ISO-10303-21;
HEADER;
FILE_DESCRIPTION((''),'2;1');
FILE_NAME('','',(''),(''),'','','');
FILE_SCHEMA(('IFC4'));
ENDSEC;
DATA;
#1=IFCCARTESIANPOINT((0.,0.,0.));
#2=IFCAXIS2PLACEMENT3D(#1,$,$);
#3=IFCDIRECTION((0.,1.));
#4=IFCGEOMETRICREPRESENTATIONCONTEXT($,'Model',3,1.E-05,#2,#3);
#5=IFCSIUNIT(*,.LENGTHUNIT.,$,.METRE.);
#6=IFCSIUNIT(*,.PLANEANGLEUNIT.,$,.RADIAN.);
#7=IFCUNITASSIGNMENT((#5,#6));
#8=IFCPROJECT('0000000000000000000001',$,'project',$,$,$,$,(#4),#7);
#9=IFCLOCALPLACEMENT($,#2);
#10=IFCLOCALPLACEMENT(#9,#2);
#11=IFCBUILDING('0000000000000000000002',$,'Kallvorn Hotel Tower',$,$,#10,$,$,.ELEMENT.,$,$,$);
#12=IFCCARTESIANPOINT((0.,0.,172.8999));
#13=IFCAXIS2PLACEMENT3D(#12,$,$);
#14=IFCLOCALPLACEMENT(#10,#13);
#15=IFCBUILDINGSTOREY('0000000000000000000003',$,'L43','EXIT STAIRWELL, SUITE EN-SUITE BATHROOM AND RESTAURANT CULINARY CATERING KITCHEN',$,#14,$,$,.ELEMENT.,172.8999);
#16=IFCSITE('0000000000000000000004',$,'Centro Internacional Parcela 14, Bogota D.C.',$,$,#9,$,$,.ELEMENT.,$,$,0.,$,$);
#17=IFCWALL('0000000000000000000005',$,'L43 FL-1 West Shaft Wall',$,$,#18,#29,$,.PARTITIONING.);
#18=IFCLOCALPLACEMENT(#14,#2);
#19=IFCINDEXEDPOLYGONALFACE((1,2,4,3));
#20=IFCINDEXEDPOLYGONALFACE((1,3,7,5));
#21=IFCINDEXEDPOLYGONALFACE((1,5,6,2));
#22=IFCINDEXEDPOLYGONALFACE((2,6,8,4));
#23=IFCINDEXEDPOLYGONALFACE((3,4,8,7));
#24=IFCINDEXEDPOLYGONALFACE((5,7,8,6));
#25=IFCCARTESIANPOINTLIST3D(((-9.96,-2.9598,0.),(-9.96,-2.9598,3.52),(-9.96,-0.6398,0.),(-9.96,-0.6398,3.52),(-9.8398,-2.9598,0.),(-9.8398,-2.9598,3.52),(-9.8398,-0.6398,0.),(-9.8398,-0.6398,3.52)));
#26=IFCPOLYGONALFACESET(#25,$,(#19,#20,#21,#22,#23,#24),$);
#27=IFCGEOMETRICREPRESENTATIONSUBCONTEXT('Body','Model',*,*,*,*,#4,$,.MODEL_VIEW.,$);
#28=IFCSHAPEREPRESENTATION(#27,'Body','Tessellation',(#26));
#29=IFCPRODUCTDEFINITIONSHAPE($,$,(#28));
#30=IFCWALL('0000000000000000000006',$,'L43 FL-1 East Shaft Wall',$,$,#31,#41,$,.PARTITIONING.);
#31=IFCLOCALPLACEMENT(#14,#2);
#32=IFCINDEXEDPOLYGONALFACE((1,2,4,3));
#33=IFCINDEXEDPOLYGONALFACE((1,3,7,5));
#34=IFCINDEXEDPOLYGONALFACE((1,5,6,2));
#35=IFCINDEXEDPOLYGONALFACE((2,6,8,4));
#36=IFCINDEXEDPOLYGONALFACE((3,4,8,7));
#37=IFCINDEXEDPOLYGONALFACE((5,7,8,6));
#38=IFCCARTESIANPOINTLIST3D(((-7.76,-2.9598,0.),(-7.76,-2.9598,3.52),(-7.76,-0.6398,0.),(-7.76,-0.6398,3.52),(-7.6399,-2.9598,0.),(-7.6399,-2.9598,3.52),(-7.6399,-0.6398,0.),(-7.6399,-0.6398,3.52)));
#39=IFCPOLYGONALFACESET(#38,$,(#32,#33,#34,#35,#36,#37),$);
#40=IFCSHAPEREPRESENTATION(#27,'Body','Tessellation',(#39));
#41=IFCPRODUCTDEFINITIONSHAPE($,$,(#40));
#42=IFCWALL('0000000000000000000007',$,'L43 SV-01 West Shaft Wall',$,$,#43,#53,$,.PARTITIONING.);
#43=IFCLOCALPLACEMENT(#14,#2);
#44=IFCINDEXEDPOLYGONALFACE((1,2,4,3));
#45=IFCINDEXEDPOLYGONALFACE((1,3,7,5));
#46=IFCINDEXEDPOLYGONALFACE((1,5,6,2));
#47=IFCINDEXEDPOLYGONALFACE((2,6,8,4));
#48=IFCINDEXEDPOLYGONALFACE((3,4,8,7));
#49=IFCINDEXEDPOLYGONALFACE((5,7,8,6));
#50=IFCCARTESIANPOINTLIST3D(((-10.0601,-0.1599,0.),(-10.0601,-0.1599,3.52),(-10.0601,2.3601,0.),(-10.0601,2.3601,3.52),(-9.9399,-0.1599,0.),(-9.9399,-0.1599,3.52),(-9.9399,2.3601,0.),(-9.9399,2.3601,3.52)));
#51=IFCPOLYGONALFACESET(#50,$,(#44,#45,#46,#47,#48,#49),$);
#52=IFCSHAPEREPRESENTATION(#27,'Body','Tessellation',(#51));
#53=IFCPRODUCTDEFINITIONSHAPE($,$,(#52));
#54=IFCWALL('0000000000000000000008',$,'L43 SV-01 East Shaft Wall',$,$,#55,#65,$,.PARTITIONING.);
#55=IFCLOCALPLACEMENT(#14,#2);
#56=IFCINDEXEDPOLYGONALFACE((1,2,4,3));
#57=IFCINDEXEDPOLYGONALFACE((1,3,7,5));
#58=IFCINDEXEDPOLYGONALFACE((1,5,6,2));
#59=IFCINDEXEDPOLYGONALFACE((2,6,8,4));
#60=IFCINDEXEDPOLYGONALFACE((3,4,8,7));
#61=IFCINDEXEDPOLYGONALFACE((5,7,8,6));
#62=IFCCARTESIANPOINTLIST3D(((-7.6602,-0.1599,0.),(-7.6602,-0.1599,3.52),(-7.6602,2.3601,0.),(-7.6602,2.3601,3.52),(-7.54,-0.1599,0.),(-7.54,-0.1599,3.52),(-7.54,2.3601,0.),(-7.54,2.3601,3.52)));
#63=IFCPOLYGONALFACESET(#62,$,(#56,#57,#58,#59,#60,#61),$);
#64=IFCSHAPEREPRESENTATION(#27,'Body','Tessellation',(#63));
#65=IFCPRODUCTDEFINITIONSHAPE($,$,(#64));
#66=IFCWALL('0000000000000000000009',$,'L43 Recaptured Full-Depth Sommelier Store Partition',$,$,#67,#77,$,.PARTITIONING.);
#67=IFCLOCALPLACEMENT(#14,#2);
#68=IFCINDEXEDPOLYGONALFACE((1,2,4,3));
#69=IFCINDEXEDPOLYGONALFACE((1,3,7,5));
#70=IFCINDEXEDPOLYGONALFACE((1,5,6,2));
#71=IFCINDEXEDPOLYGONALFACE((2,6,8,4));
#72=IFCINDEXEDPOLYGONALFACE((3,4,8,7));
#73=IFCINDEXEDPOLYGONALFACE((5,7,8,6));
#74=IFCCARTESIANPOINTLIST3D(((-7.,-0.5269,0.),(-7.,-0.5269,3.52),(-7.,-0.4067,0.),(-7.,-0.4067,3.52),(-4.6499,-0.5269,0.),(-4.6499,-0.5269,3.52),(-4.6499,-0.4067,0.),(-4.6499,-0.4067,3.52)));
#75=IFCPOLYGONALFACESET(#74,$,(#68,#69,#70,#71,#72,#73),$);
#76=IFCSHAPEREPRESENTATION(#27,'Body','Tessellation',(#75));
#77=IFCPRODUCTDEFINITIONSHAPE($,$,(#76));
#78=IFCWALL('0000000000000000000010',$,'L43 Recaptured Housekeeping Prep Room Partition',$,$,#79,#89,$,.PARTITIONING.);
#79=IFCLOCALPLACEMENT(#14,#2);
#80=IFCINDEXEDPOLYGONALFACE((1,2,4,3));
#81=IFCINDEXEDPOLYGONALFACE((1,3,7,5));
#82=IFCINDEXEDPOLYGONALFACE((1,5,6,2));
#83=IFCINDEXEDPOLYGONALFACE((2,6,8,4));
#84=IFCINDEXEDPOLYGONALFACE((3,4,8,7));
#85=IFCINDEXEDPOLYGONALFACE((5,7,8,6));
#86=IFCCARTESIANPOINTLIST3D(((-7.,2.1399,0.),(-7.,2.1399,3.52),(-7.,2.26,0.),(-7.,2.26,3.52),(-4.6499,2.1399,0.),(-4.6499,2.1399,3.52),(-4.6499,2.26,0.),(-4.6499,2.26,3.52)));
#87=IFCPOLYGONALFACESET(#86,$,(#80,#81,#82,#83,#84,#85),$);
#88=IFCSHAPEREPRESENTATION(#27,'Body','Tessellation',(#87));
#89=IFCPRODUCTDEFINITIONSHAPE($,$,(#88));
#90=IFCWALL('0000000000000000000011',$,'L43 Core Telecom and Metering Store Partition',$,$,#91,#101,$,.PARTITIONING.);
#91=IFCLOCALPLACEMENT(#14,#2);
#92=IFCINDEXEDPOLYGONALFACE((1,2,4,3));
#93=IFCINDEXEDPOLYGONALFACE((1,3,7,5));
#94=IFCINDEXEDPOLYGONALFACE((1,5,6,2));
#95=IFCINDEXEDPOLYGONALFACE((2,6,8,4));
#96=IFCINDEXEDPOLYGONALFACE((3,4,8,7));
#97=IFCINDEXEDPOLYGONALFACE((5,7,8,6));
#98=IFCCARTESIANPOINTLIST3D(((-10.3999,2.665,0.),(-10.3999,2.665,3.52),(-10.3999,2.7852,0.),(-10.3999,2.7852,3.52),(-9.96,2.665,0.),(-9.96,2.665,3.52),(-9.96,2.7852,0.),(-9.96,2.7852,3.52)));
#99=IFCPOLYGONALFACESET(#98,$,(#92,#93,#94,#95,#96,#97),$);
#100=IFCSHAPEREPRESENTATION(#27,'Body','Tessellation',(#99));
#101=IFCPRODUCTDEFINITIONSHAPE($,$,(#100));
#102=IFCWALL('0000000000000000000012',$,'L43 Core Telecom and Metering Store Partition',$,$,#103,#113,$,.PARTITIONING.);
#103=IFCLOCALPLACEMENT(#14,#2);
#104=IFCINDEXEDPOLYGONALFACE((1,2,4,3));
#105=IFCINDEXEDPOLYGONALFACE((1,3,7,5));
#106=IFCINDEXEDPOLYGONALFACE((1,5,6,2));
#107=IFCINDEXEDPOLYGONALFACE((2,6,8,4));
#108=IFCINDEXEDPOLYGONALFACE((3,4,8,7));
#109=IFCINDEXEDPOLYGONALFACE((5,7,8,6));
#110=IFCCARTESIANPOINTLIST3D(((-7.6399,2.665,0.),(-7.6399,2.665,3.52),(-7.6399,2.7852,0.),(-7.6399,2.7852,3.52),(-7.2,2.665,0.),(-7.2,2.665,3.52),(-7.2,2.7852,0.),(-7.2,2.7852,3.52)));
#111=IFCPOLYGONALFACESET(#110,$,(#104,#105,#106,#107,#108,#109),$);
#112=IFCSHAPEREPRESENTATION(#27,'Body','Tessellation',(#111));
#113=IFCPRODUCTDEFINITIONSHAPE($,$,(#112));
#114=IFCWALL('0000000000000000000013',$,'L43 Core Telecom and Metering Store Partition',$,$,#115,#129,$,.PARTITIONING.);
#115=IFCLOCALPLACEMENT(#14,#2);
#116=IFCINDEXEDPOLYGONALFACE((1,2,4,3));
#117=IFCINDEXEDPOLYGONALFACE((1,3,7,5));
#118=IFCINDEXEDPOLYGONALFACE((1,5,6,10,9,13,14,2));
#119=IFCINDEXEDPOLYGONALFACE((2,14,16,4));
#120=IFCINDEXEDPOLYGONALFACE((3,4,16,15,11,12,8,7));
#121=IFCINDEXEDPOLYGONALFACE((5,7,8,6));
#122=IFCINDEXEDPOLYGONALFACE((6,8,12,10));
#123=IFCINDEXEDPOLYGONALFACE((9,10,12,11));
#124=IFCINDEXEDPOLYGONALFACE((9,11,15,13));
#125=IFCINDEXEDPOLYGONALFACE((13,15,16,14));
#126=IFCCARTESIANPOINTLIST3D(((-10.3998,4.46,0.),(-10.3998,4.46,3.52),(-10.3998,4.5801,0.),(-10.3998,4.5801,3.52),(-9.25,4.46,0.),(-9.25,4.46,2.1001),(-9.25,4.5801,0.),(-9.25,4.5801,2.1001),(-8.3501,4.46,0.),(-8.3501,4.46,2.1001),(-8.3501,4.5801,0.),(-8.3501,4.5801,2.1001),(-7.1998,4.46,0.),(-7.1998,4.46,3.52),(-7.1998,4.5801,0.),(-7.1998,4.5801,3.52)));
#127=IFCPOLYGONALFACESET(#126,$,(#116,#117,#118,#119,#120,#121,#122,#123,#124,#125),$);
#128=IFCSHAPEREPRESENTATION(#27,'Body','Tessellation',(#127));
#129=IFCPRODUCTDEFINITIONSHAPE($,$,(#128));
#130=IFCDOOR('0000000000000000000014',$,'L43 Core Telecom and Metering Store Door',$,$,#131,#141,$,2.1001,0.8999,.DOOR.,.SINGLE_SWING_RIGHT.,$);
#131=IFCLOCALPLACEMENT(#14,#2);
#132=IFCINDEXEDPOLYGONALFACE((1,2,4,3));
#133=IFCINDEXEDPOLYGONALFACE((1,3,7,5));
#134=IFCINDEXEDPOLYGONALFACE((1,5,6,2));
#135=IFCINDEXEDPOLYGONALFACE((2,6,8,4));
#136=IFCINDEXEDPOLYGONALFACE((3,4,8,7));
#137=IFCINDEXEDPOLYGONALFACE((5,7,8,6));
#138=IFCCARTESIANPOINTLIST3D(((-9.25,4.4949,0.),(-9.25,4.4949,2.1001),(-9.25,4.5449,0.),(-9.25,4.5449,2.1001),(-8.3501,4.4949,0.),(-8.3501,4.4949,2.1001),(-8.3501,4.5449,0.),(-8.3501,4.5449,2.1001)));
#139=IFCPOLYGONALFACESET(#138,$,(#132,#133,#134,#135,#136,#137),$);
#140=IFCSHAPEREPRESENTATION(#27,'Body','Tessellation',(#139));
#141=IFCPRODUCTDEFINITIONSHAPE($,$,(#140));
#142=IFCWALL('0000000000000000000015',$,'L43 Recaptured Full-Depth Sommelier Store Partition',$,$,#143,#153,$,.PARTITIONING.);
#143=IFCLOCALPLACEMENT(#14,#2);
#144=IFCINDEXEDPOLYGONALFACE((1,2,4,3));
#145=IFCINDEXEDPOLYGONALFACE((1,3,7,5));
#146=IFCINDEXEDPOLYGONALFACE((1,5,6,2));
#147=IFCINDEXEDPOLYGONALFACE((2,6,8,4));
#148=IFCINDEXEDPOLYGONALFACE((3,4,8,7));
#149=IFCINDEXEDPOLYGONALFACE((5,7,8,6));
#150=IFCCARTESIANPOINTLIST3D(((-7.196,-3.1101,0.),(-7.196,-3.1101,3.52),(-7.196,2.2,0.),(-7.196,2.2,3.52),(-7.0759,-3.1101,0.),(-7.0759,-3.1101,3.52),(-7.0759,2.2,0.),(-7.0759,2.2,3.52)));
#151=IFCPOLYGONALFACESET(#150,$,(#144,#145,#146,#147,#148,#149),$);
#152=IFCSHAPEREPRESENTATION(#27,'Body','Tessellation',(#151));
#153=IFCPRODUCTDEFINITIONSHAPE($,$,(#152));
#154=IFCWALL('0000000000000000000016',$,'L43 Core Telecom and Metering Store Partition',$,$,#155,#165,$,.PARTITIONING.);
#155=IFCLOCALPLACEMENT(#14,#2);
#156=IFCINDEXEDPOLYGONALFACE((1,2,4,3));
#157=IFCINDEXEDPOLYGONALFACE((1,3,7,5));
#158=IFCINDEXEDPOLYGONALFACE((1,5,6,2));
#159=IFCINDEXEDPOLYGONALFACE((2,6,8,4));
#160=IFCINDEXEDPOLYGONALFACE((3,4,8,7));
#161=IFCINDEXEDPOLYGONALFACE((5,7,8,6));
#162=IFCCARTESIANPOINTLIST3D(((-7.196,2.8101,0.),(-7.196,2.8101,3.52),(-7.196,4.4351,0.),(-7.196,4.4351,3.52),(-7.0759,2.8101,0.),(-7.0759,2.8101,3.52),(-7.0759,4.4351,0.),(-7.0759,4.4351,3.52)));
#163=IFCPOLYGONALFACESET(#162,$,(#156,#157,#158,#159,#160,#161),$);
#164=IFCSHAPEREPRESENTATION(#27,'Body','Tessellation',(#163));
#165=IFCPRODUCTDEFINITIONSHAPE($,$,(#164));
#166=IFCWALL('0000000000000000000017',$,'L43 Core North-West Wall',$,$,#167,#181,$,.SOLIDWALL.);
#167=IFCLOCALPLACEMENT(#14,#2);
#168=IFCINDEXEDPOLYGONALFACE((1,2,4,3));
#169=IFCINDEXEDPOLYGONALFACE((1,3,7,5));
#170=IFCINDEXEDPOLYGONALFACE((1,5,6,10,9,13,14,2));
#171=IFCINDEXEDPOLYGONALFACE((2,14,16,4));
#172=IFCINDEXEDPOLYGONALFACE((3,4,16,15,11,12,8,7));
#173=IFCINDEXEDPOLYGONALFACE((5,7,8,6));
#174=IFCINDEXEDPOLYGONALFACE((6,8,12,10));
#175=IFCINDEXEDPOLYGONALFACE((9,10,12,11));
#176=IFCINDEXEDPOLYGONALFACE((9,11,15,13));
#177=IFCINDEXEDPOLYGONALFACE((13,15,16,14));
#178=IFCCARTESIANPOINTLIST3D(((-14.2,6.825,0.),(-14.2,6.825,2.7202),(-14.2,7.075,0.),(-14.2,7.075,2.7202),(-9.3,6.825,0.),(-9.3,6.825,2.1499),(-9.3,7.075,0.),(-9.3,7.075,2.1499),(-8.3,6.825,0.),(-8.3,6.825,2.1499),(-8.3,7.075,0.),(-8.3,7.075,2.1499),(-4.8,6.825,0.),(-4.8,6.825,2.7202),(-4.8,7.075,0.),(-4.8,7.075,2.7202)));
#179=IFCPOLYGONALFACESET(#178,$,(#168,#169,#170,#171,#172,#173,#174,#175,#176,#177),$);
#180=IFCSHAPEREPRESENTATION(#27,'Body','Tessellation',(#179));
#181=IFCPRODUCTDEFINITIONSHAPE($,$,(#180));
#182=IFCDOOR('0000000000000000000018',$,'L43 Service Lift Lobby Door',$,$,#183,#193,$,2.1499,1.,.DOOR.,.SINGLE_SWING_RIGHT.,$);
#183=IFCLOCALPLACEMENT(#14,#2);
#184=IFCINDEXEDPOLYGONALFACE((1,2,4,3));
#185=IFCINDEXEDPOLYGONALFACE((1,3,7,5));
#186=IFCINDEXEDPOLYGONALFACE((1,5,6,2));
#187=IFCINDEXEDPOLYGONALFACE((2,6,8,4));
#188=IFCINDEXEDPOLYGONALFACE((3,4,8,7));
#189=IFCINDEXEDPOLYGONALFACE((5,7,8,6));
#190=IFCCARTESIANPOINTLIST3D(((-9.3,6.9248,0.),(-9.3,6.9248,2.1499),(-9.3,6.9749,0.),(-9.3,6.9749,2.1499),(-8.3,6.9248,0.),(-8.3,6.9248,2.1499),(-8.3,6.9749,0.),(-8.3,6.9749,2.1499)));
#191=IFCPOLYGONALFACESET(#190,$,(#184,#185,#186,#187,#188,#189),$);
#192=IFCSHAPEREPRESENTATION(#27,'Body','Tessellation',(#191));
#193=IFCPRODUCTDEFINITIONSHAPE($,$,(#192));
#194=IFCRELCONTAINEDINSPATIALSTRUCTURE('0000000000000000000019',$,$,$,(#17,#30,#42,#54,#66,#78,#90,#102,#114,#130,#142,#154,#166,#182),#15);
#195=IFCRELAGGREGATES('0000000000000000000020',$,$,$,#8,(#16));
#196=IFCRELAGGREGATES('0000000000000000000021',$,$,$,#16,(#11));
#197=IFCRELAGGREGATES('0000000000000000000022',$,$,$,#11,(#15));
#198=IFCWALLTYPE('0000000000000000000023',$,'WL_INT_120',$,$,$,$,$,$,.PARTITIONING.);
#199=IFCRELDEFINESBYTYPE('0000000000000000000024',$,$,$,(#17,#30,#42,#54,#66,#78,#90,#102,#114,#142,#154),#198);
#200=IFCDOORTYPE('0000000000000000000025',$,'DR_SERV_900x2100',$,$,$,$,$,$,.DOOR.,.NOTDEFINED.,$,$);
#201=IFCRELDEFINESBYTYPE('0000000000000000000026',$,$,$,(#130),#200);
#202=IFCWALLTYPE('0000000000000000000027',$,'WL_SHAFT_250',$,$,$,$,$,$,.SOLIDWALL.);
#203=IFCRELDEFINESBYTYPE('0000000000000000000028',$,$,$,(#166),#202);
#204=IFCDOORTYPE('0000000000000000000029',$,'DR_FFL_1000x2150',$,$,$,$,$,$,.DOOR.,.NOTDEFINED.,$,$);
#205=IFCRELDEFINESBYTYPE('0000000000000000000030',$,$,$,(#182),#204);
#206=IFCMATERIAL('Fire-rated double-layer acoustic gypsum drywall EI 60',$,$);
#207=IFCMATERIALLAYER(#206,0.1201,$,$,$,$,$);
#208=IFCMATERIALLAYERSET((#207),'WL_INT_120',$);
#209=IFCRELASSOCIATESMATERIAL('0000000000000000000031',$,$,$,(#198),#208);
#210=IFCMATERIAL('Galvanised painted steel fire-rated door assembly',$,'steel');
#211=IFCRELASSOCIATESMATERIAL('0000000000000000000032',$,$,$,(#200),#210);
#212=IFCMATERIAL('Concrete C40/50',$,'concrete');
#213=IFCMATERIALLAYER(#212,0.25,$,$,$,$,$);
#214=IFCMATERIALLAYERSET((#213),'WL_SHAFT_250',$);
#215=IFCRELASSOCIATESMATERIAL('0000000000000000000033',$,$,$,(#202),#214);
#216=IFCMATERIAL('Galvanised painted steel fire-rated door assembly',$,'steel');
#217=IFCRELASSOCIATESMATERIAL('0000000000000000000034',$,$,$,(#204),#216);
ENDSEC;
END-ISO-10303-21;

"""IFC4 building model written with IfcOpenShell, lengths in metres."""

from ifc_helpers import new_model, si_unit, direction, frame, frame_2d, origin, place, context, subcontext, project, spatial, rectangle, extrude, material, layer, layer_set, type_object, element, fill, save


model = new_model("IFC4")

# Units and contexts
model_context = context("Model", 3, precision=1e-05, world=origin(), true_north=direction((0.0, 1.0)))
body_context = subcontext(model_context, "Body", "Model", "MODEL_VIEW")
ifc_project = project(units=[si_unit("LENGTHUNIT", "METRE"), si_unit("PLANEANGLEUNIT", "RADIAN")], contexts=[model_context])

# Site, building, storey
site_placement = place(None, origin())
site = spatial("IfcSite", under=ifc_project, at=site_placement, Name="Centro Internacional Parcela 14, Bogota D.C.", CompositionType="ELEMENT", RefElevation=0.0)
building_placement = place(site_placement, origin())
building = spatial("IfcBuilding", under=site, at=building_placement, Name="Kallvorn Hotel Tower", CompositionType="ELEMENT")
storey_placement = place(building_placement, frame((0.0, 0.0, 172.8999)))
storey = spatial("IfcBuildingStorey", under=building, at=storey_placement, Name="L43", Description="EXIT STAIRWELL, SUITE EN-SUITE BATHROOM AND RESTAURANT CULINARY CATERING KITCHEN", CompositionType="ELEMENT", Elevation=172.8999)

# Walls
ifc_material_1 = material(Name="Fire-rated double-layer acoustic gypsum drywall EI 60")
ifc_layer_1 = layer(ifc_material_1, 0.1201)
ifc_layer_set_1 = layer_set([ifc_layer_1], Name="WL_INT_120")
wall_type_1 = type_object("IfcWallType", Name="WL_INT_120", PredefinedType="PARTITIONING", material=ifc_layer_set_1)
for number, where, z_axis, x_axis, name in (
    (1, (-9.8999, -2.96, 0.0), (0.0, 0.0, 1.0), (0.0, 1.0, 0.0), "L43 FL-1 West Shaft Wall"),
    (2, (-7.7, -2.96, 0.0), (0.0, 0.0, 1.0), (0.0, 1.0, 0.0), "L43 FL-1 East Shaft Wall"),
):
    element("IfcWall", number, at=place(storey_placement, frame(where, z_axis=z_axis, x_axis=x_axis)), inside=storey, type_object=wall_type_1, Name=name, PredefinedType="PARTITIONING", context=body_context, shape_type="SweptSolid", body=[
        extrude(rectangle(XDim=2.3201, YDim=0.1201, at=frame_2d((1.1602, 0.0))), origin(), (0.0, 0.0, 1.0), 3.52),
    ])
for number, where, z_axis, x_axis, name in (
    (3, (-10.0, -0.1599, 0.0), (0.0, 0.0, 1.0), (0.0, 1.0, 0.0), "L43 SV-01 West Shaft Wall"),
    (4, (-7.6001, -0.1599, 0.0), (0.0, 0.0, 1.0), (0.0, 1.0, 0.0), "L43 SV-01 East Shaft Wall"),
):
    element("IfcWall", number, at=place(storey_placement, frame(where, z_axis=z_axis, x_axis=x_axis)), inside=storey, type_object=wall_type_1, Name=name, PredefinedType="PARTITIONING", context=body_context, shape_type="SweptSolid", body=[
        extrude(rectangle(XDim=2.52, YDim=0.1201, at=frame_2d((1.26, 0.0))), origin(), (0.0, 0.0, 1.0), 3.52),
    ])
for number, where, z_axis, x_axis, name in (
    (5, (-7.0, -0.4668, 0.0), (0.0, 0.0, 1.0), (1.0, 0.0, 0.0), "L43 Recaptured Full-Depth Sommelier Store Partition"),
    (6, (-7.0, 2.2, 0.0), (0.0, 0.0, 1.0), (1.0, 0.0, 0.0), "L43 Recaptured Housekeeping Prep Room Partition"),
):
    element("IfcWall", number, at=place(storey_placement, frame(where, z_axis=z_axis, x_axis=x_axis)), inside=storey, type_object=wall_type_1, Name=name, PredefinedType="PARTITIONING", context=body_context, shape_type="SweptSolid", body=[
        extrude(rectangle(XDim=2.3501, YDim=0.1201, at=frame_2d((1.175, 0.0))), origin(), (0.0, 0.0, 1.0), 3.52),
    ])
for number, where, z_axis, x_axis, name in (
    (7, (-10.3999, 2.7251, 0.0), (0.0, 0.0, 1.0), (1.0, 0.0, 0.0), "L43 Core Telecom and Metering Store Partition"),
    (8, (-7.6399, 2.7251, 0.0), (0.0, 0.0, 1.0), (1.0, 0.0, 0.0), "L43 Core Telecom and Metering Store Partition"),
):
    element("IfcWall", number, at=place(storey_placement, frame(where, z_axis=z_axis, x_axis=x_axis)), inside=storey, type_object=wall_type_1, Name=name, PredefinedType="PARTITIONING", context=body_context, shape_type="SweptSolid", body=[
        extrude(rectangle(XDim=0.4399, YDim=0.1201, at=frame_2d((0.22, 0.0))), origin(), (0.0, 0.0, 1.0), 3.52),
    ])

# Wall, opening, door
wall_1_placement = place(storey_placement, frame((-10.3999, 4.52, 0.0), z_axis=(0.0, 0.0, 1.0), x_axis=(1.0, 0.0, 0.0)))
wall_1 = element("IfcWall", 9, at=wall_1_placement, inside=storey, type_object=wall_type_1, Name="L43 Core Telecom and Metering Store Partition", PredefinedType="PARTITIONING", context=body_context, shape_type="SweptSolid", body=[
    extrude(rectangle(XDim=3.2, YDim=0.1201, at=frame_2d((1.6001, 0.0))), origin(), (0.0, 0.0, 1.0), 3.52),
])
opening_1_placement = place(wall_1_placement, frame((1.1499, 0.0, 0.0)))
opening_1 = element("IfcOpeningElement", 10, at=opening_1_placement, cuts=wall_1, PredefinedType="OPENING", context=body_context, shape_type="SweptSolid", body=[
    extrude(rectangle(XDim=0.8999, YDim=2.1001, at=frame_2d((0.45, 1.05))), frame((0.0, 0.075, 0.0), z_axis=(0.0, -1.0, 0.0), x_axis=(1.0, 0.0, 0.0)), (0.0, 0.0, 1.0), 0.1501),
])
ifc_material_2 = material(Name="Galvanised painted steel fire-rated door assembly", Category="steel")
door_type_1 = type_object("IfcDoorType", Name="DR_SERV_900x2100", OperationType="NOTDEFINED", PredefinedType="DOOR", material=ifc_material_2)
door_1_placement = place(opening_1_placement, origin())
door_1 = element("IfcDoor", 11, at=door_1_placement, inside=storey, type_object=door_type_1, Name="L43 Core Telecom and Metering Store Door", OperationType="SINGLE_SWING_RIGHT", OverallHeight=2.1001, OverallWidth=0.8999, PredefinedType="DOOR", context=body_context, shape_type="SweptSolid", body=[
    extrude(rectangle(XDim=0.8999, YDim=2.1001, at=frame_2d((0.45, 1.05))), frame((0.0, 0.0249, 0.0), z_axis=(0.0, -1.0, 0.0), x_axis=(1.0, 0.0, 0.0)), (0.0, 0.0, 1.0), 0.05),
])
fill(opening_1, door_1)

# Walls
wall_2_placement = place(storey_placement, frame((-7.136, -3.1101, 0.0), z_axis=(0.0, 0.0, 1.0), x_axis=(0.0, 1.0, 0.0)))
element("IfcWall", 12, at=wall_2_placement, inside=storey, type_object=wall_type_1, Name="L43 Recaptured Full-Depth Sommelier Store Partition", PredefinedType="PARTITIONING", context=body_context, shape_type="SweptSolid", body=[
    extrude(rectangle(XDim=5.3101, YDim=0.1201, at=frame_2d((2.655, 0.0))), origin(), (0.0, 0.0, 1.0), 3.52),
])
wall_3_placement = place(storey_placement, frame((-7.136, 2.8101, 0.0), z_axis=(0.0, 0.0, 1.0), x_axis=(0.0, 1.0, 0.0)))
element("IfcWall", 13, at=wall_3_placement, inside=storey, type_object=wall_type_1, Name="L43 Core Telecom and Metering Store Partition", PredefinedType="PARTITIONING", context=body_context, shape_type="SweptSolid", body=[
    extrude(rectangle(XDim=1.625, YDim=0.1201, at=frame_2d((0.8125, 0.0))), origin(), (0.0, 0.0, 1.0), 3.52),
])

# Wall, opening, door
ifc_material_3 = material(Name="Concrete C40/50", Category="concrete")
ifc_layer_2 = layer(ifc_material_3, 0.25)
ifc_layer_set_2 = layer_set([ifc_layer_2], Name="WL_SHAFT_250")
wall_type_2 = type_object("IfcWallType", Name="WL_SHAFT_250", PredefinedType="SOLIDWALL", material=ifc_layer_set_2)
wall_4_placement = place(storey_placement, frame((-14.2, 6.95, 0.0), z_axis=(0.0, 0.0, 1.0), x_axis=(1.0, 0.0, 0.0)))
wall_4 = element("IfcWall", 14, at=wall_4_placement, inside=storey, type_object=wall_type_2, Name="L43 Core North-West Wall", PredefinedType="SOLIDWALL", context=body_context, shape_type="SweptSolid", body=[
    extrude(rectangle(XDim=9.3999, YDim=0.25, at=frame_2d((4.7, 0.0))), origin(), (0.0, 0.0, 1.0), 2.7202),
])
opening_2_placement = place(wall_4_placement, frame((4.8999, 0.0, 0.0)))
opening_2 = element("IfcOpeningElement", 15, at=opening_2_placement, cuts=wall_4, PredefinedType="OPENING", context=body_context, shape_type="SweptSolid", body=[
    extrude(rectangle(XDim=1.0, YDim=2.1499, at=frame_2d((0.5, 1.075))), frame((0.0, 0.1399, 0.0), z_axis=(0.0, -1.0, 0.0), x_axis=(1.0, 0.0, 0.0)), (0.0, 0.0, 1.0), 0.28),
])
ifc_material_4 = material(Name="Galvanised painted steel fire-rated door assembly", Category="steel")
door_type_2 = type_object("IfcDoorType", Name="DR_FFL_1000x2150", OperationType="NOTDEFINED", PredefinedType="DOOR", material=ifc_material_4)
door_2_placement = place(opening_2_placement, origin())
door_2 = element("IfcDoor", 16, at=door_2_placement, inside=storey, type_object=door_type_2, Name="L43 Service Lift Lobby Door", OperationType="SINGLE_SWING_RIGHT", OverallHeight=2.1499, OverallWidth=1.0, PredefinedType="DOOR", context=body_context, shape_type="SweptSolid", body=[
    extrude(rectangle(XDim=1.0, YDim=2.1499, at=frame_2d((0.5, 1.075))), frame((0.0, 0.0249, 0.0), z_axis=(0.0, -1.0, 0.0), x_axis=(1.0, 0.0, 0.0)), (0.0, 0.0, 1.0), 0.05),
])
fill(opening_2, door_2)

save(model, "model.ifc")
